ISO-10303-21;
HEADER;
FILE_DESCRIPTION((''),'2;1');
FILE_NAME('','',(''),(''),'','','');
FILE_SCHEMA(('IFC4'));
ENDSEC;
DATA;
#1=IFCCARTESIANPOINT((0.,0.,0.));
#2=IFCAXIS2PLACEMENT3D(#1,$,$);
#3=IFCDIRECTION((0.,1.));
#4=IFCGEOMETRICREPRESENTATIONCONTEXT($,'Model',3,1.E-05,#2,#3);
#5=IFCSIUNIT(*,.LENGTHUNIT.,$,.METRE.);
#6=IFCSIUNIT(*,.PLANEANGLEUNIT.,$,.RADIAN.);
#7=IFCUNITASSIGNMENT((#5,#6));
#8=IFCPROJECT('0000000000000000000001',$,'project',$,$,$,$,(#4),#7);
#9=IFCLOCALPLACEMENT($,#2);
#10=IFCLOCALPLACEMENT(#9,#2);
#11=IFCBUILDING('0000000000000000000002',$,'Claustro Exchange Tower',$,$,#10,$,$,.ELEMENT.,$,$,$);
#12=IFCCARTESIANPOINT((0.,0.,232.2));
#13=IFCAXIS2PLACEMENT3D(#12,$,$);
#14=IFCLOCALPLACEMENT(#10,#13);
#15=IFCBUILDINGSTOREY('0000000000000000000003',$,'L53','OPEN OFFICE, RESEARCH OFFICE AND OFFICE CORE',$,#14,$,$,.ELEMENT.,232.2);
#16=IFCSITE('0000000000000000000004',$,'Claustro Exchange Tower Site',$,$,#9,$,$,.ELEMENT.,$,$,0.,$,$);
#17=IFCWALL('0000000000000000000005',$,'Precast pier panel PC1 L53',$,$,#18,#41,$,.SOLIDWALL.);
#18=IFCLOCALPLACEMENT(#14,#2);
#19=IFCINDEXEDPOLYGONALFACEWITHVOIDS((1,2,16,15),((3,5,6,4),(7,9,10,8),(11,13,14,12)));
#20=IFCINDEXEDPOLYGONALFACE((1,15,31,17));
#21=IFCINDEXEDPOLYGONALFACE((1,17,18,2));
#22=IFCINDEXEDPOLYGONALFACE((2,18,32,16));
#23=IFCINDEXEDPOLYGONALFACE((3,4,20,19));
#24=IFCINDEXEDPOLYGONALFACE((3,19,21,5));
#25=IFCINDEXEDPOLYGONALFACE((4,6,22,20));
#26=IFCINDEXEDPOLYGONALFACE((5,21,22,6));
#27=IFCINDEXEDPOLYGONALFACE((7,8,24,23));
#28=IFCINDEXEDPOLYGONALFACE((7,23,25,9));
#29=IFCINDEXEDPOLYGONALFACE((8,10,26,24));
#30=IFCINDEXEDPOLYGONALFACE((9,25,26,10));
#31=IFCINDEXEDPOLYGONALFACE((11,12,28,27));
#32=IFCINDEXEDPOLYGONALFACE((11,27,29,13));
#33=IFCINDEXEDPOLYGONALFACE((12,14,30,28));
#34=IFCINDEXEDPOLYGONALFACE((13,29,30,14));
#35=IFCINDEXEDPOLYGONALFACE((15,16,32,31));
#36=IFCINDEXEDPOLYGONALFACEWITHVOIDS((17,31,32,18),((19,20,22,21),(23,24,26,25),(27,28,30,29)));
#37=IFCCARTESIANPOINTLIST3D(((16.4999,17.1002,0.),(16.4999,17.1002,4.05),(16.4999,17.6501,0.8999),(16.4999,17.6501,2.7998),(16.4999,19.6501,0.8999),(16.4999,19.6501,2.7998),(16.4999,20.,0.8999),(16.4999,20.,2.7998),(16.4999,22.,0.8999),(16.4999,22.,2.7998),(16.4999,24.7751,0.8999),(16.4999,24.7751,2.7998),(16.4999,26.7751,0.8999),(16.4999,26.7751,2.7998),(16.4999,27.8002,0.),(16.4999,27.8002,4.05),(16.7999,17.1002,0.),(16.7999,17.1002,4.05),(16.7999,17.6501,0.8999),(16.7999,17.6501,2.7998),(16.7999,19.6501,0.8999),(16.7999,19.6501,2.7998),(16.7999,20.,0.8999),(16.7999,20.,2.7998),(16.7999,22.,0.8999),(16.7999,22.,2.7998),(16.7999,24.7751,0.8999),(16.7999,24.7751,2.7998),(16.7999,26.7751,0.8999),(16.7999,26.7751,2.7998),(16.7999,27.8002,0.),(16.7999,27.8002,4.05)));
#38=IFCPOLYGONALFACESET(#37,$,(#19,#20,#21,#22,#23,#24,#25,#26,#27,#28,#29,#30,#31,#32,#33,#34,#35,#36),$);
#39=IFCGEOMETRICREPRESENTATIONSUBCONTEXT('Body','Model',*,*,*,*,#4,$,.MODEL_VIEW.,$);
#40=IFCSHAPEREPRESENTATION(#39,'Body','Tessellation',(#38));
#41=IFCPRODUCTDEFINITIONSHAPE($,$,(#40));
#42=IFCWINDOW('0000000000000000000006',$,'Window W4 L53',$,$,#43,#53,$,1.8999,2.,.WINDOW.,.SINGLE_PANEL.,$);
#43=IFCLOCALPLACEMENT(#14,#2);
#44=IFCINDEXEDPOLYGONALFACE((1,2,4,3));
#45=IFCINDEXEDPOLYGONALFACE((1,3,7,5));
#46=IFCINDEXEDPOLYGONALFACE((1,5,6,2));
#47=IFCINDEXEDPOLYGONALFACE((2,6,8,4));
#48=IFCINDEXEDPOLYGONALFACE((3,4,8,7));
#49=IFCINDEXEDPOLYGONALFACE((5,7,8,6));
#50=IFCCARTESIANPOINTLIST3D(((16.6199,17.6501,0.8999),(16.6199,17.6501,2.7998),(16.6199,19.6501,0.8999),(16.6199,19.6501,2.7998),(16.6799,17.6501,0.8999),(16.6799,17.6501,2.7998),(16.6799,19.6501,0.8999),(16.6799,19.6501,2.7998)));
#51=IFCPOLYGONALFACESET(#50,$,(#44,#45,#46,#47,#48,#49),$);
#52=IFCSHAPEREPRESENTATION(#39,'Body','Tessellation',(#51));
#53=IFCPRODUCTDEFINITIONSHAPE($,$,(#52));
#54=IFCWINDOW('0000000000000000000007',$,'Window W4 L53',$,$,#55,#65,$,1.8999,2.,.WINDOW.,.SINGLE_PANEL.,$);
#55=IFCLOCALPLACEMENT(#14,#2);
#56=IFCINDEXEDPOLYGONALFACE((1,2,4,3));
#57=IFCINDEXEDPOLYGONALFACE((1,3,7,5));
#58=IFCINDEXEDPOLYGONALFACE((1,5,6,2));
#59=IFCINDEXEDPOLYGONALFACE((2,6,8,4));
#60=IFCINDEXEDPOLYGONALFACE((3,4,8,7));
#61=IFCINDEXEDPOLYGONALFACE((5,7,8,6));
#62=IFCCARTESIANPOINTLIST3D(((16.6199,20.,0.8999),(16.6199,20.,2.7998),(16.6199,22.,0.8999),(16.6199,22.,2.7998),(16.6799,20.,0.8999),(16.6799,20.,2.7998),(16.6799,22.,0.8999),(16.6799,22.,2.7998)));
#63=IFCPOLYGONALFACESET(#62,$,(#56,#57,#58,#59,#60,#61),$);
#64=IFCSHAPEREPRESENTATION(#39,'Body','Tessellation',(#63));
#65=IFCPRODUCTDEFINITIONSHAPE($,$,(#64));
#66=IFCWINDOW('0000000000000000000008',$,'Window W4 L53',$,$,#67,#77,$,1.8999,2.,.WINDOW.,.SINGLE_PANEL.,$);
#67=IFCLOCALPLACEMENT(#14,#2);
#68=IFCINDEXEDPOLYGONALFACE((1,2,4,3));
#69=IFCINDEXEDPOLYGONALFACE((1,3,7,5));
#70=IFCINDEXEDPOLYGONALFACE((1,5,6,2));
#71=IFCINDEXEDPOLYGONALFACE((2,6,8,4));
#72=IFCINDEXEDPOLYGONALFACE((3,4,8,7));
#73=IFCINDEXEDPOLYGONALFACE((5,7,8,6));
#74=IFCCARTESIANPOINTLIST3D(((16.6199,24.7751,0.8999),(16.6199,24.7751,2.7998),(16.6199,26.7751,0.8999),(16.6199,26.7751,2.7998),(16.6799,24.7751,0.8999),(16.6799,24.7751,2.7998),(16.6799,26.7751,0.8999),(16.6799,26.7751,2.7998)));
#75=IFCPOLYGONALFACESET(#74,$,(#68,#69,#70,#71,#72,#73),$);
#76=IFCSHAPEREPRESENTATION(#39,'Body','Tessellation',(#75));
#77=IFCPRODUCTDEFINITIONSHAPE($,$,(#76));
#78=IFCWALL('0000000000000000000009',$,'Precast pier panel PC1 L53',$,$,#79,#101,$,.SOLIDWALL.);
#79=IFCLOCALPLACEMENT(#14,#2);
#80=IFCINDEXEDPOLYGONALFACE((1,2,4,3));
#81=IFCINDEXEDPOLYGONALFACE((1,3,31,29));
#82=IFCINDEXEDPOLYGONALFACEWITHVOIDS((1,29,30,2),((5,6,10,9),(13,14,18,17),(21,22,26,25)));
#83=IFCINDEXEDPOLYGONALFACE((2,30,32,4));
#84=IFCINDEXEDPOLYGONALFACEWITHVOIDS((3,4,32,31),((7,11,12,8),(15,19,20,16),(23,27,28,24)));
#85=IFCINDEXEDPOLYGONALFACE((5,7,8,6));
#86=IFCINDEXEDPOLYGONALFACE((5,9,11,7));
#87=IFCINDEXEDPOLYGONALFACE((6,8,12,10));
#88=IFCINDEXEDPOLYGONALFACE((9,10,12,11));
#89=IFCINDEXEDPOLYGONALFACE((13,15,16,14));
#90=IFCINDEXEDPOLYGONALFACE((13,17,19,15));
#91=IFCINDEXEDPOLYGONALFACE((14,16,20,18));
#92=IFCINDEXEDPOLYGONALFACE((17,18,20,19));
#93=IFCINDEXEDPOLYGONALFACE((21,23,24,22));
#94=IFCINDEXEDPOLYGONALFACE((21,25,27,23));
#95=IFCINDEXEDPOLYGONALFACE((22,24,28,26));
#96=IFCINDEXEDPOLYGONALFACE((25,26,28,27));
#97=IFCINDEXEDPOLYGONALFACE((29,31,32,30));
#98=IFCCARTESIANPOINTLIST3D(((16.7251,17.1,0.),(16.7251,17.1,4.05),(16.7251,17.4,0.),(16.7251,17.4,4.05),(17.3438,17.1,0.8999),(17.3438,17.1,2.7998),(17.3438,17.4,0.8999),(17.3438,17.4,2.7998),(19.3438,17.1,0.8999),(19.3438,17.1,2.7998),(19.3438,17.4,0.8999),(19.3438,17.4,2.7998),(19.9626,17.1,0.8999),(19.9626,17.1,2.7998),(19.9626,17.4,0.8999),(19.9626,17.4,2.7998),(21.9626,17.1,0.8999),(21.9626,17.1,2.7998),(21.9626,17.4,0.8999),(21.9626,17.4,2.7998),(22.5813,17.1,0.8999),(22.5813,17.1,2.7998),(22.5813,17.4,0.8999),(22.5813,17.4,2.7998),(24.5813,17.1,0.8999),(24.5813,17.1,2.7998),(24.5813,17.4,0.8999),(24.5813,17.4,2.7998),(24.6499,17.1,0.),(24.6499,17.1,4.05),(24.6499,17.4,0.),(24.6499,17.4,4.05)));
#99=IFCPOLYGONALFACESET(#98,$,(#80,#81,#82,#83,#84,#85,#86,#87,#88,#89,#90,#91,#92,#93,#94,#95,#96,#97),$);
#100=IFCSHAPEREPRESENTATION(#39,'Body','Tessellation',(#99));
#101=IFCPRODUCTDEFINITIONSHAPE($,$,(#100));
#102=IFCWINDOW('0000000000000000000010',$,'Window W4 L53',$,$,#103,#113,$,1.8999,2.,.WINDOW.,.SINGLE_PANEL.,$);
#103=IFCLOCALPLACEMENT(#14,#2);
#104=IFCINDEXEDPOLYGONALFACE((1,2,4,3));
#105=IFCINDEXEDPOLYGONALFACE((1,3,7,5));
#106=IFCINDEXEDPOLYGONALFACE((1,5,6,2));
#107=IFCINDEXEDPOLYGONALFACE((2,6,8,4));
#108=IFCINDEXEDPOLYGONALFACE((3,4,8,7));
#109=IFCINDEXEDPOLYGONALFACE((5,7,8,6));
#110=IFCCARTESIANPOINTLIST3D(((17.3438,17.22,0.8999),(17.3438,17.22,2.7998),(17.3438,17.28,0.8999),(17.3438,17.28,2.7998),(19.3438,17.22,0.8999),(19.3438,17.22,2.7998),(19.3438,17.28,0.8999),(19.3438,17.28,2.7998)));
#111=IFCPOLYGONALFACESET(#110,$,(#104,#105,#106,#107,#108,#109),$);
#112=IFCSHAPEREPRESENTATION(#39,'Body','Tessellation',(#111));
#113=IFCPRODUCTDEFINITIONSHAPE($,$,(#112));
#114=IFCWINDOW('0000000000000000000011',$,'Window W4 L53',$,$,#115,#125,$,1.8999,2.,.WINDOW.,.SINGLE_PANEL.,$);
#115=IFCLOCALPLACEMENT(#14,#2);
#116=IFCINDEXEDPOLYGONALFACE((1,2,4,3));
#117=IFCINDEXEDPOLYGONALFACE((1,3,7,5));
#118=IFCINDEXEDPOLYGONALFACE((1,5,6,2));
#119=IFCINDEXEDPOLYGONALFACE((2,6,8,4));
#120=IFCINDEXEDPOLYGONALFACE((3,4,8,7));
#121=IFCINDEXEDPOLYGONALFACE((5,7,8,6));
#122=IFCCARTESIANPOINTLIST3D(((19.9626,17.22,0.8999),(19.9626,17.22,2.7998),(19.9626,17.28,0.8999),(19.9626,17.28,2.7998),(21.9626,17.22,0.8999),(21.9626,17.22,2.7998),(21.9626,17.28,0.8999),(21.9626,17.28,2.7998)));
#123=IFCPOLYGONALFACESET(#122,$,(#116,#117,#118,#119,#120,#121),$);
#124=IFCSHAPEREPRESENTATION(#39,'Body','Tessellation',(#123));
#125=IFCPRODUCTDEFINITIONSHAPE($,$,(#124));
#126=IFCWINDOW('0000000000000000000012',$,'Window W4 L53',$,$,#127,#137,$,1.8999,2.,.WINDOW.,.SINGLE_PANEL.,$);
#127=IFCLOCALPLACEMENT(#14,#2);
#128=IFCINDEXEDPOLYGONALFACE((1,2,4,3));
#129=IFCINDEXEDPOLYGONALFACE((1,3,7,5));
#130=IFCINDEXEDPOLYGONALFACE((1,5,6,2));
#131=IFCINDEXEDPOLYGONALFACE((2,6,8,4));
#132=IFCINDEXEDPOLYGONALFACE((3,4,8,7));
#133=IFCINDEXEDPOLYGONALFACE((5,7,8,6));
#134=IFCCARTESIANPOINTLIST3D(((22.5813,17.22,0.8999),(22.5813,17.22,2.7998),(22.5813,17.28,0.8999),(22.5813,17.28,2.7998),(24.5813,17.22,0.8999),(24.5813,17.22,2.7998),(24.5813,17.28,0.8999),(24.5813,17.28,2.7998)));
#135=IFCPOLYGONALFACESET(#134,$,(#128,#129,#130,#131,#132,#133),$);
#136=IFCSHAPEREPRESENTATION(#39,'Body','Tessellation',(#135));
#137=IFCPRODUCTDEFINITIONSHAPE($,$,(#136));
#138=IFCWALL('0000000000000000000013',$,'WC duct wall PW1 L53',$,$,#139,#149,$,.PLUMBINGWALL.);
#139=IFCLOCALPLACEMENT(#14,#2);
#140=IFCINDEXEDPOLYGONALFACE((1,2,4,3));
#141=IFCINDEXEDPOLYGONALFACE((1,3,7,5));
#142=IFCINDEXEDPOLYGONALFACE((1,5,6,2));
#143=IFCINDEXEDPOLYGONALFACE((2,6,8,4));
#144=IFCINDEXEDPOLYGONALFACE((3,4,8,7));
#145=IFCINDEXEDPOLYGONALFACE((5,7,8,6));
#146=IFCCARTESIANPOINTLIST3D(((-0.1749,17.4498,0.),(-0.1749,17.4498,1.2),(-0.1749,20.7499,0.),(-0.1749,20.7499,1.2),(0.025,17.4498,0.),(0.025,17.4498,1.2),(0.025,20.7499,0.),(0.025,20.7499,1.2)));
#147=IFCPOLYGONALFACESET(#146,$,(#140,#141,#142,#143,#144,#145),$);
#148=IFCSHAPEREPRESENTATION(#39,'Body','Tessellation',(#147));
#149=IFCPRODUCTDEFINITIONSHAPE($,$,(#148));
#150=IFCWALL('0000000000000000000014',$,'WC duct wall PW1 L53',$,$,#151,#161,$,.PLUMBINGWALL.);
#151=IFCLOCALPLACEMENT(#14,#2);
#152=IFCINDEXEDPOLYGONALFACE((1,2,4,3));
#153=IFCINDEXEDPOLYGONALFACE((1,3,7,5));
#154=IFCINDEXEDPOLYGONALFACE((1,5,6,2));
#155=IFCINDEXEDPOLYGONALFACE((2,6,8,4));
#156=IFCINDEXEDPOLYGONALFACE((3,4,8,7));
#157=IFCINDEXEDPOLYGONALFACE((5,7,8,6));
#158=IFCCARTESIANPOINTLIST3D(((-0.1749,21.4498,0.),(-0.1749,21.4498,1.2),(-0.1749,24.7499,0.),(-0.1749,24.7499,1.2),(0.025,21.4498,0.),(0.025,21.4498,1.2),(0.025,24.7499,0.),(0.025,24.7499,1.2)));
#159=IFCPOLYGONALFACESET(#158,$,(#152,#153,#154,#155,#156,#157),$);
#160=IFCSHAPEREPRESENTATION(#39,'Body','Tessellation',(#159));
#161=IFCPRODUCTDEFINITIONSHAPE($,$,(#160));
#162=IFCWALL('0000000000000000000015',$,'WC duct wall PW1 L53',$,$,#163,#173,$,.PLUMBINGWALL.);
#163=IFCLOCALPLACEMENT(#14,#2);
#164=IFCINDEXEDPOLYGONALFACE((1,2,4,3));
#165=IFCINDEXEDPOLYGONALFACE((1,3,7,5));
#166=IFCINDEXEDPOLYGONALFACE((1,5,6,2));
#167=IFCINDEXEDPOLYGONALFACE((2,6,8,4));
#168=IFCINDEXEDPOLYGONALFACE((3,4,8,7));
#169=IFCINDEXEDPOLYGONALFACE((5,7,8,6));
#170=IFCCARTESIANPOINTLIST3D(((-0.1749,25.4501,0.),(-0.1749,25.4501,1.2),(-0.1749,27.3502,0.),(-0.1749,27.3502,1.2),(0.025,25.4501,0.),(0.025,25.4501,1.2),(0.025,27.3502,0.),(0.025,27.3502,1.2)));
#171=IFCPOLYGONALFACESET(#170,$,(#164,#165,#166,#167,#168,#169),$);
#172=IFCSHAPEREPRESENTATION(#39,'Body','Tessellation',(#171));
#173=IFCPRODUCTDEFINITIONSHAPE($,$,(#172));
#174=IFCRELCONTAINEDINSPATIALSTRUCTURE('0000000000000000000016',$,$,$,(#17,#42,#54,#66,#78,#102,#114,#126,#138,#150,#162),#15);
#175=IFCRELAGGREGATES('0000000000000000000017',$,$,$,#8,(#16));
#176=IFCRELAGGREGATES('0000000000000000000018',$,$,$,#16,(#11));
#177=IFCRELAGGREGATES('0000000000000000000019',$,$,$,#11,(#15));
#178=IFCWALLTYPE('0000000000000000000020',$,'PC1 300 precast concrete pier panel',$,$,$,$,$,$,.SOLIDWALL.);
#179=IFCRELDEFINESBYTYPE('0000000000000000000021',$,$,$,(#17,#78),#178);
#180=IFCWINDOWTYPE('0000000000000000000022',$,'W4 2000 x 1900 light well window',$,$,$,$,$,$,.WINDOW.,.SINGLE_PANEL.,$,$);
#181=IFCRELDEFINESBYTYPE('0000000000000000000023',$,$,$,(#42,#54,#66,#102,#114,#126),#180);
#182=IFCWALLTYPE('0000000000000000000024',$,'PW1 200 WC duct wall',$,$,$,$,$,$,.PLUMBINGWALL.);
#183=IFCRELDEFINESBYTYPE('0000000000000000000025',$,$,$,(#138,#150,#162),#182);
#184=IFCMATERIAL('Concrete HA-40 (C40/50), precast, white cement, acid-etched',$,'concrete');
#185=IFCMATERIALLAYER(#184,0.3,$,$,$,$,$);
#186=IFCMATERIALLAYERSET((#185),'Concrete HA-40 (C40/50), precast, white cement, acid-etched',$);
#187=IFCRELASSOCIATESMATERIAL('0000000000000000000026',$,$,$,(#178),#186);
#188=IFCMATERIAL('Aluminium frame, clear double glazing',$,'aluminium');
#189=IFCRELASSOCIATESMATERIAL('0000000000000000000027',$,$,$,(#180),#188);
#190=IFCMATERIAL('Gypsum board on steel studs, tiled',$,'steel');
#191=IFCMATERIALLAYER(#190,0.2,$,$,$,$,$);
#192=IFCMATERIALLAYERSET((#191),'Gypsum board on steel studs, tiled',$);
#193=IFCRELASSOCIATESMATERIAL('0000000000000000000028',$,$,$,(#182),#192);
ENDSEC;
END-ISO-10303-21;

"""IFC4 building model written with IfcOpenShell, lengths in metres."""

from ifc_helpers import new_model, si_unit, direction, frame, frame_2d, origin, place, context, subcontext, project, spatial, rectangle, extrude, material, layer, layer_set, type_object, element, fill, save


model = new_model("IFC4")

# Units and contexts
model_context = context("Model", 3, precision=1e-05, world=origin(), true_north=direction((0.0, 1.0)))
body_context = subcontext(model_context, "Body", "Model", "MODEL_VIEW")
ifc_project = project(units=[si_unit("LENGTHUNIT", "METRE"), si_unit("PLANEANGLEUNIT", "RADIAN")], contexts=[model_context])

# Site, building, storey
site_placement = place(None, origin())
site = spatial("IfcSite", under=ifc_project, at=site_placement, Name="Claustro Exchange Tower Site", CompositionType="ELEMENT", RefElevation=0.0)
building_placement = place(site_placement, origin())
building = spatial("IfcBuilding", under=site, at=building_placement, Name="Claustro Exchange Tower", CompositionType="ELEMENT")
storey_placement = place(building_placement, frame((0.0, 0.0, 232.2)))
storey = spatial("IfcBuildingStorey", under=building, at=storey_placement, Name="L53", Description="OPEN OFFICE, RESEARCH OFFICE AND OFFICE CORE", CompositionType="ELEMENT", Elevation=232.2)

# Walls, openings, windows
ifc_material_1 = material(Name="Concrete HA-40 (C40/50), precast, white cement, acid-etched", Category="concrete")
ifc_layer_1 = layer(ifc_material_1, 0.3)
ifc_layer_set_1 = layer_set([ifc_layer_1], Name="Concrete HA-40 (C40/50), precast, white cement, acid-etched")
wall_type_1 = type_object("IfcWallType", Name="PC1 300 precast concrete pier panel", PredefinedType="SOLIDWALL", material=ifc_layer_set_1)
wall_1_placement = place(storey_placement, frame((16.6499, 17.1001, 0.0), z_axis=(0.0, 0.0, 1.0), x_axis=(0.0, 1.0, 0.0)))
wall_1 = element("IfcWall", 1, at=wall_1_placement, inside=storey, type_object=wall_type_1, Name="Precast pier panel PC1 L53", PredefinedType="SOLIDWALL", context=body_context, shape_type="SweptSolid", body=[
    extrude(rectangle(XDim=10.7, YDim=0.3, at=frame_2d((5.3501, 0.0))), origin(), (0.0, 0.0, 1.0), 4.05),
])
opening_1_placement = place(wall_1_placement, frame((0.55, 0.0, 0.8999)))
opening_1 = element("IfcOpeningElement", 2, at=opening_1_placement, cuts=wall_1, PredefinedType="OPENING", context=body_context, shape_type="SweptSolid", body=[
    extrude(rectangle(XDim=2.0, YDim=1.8999, at=frame_2d((1.0, 0.95))), frame((0.0, 0.1599, 0.0), z_axis=(0.0, -1.0, 0.0), x_axis=(1.0, 0.0, 0.0)), (0.0, 0.0, 1.0), 0.3201),
])
opening_2_placement = place(wall_1_placement, frame((2.8999, 0.0, 0.8999)))
opening_2 = element("IfcOpeningElement", 3, at=opening_2_placement, cuts=wall_1, PredefinedType="OPENING", context=body_context, shape_type="SweptSolid", body=[
    extrude(rectangle(XDim=2.0, YDim=1.8999, at=frame_2d((1.0, 0.95))), frame((0.0, 0.1599, 0.0), z_axis=(0.0, -1.0, 0.0), x_axis=(1.0, 0.0, 0.0)), (0.0, 0.0, 1.0), 0.3201),
])
opening_3_placement = place(wall_1_placement, frame((7.675, 0.0, 0.8999)))
opening_3 = element("IfcOpeningElement", 4, at=opening_3_placement, cuts=wall_1, PredefinedType="OPENING", context=body_context, shape_type="SweptSolid", body=[
    extrude(rectangle(XDim=2.0, YDim=1.8999, at=frame_2d((1.0, 0.95))), frame((0.0, 0.1599, 0.0), z_axis=(0.0, -1.0, 0.0), x_axis=(1.0, 0.0, 0.0)), (0.0, 0.0, 1.0), 0.3201),
])
ifc_material_2 = material(Name="Aluminium frame, clear double glazing", Category="aluminium")
window_type = type_object("IfcWindowType", Name="W4 2000 x 1900 light well window", PartitioningType="SINGLE_PANEL", PredefinedType="WINDOW", material=ifc_material_2)
window_1_placement = place(opening_1_placement, origin())
window_1 = element("IfcWindow", 5, at=window_1_placement, inside=storey, type_object=window_type, Name="Window W4 L53", OverallHeight=1.8999, OverallWidth=2.0, PartitioningType="SINGLE_PANEL", PredefinedType="WINDOW", context=body_context, shape_type="SweptSolid", body=[
    extrude(rectangle(XDim=2.0, YDim=1.8999, at=frame_2d((1.0, 0.95))), frame((0.0, 0.03, 0.0), z_axis=(0.0, -1.0, 0.0), x_axis=(1.0, 0.0, 0.0)), (0.0, 0.0, 1.0), 0.0601),
])
fill(opening_1, window_1)
window_2_placement = place(opening_2_placement, origin())
window_2 = element("IfcWindow", 6, at=window_2_placement, inside=storey, type_object=window_type, Name="Window W4 L53", OverallHeight=1.8999, OverallWidth=2.0, PartitioningType="SINGLE_PANEL", PredefinedType="WINDOW", context=body_context, shape_type="SweptSolid", body=[
    extrude(rectangle(XDim=2.0, YDim=1.8999, at=frame_2d((1.0, 0.95))), frame((0.0, 0.03, 0.0), z_axis=(0.0, -1.0, 0.0), x_axis=(1.0, 0.0, 0.0)), (0.0, 0.0, 1.0), 0.0601),
])
fill(opening_2, window_2)
window_3_placement = place(opening_3_placement, origin())
window_3 = element("IfcWindow", 7, at=window_3_placement, inside=storey, type_object=window_type, Name="Window W4 L53", OverallHeight=1.8999, OverallWidth=2.0, PartitioningType="SINGLE_PANEL", PredefinedType="WINDOW", context=body_context, shape_type="SweptSolid", body=[
    extrude(rectangle(XDim=2.0, YDim=1.8999, at=frame_2d((1.0, 0.95))), frame((0.0, 0.03, 0.0), z_axis=(0.0, -1.0, 0.0), x_axis=(1.0, 0.0, 0.0)), (0.0, 0.0, 1.0), 0.0601),
])
fill(opening_3, window_3)
wall_2_placement = place(storey_placement, frame((16.7251, 17.25, 0.0), z_axis=(0.0, 0.0, 1.0), x_axis=(1.0, 0.0, 0.0)))
wall_2 = element("IfcWall", 8, at=wall_2_placement, inside=storey, type_object=wall_type_1, Name="Precast pier panel PC1 L53", PredefinedType="SOLIDWALL", context=body_context, shape_type="SweptSolid", body=[
    extrude(rectangle(XDim=7.9248, YDim=0.3, at=frame_2d((3.9624, 0.0))), origin(), (0.0, 0.0, 1.0), 4.05),
])
opening_4_placement = place(wall_2_placement, frame((0.6187, 0.0, 0.8999)))
opening_4 = element("IfcOpeningElement", 9, at=opening_4_placement, cuts=wall_2, PredefinedType="OPENING", context=body_context, shape_type="SweptSolid", body=[
    extrude(rectangle(XDim=2.0, YDim=1.8999, at=frame_2d((1.0, 0.95))), frame((0.0, 0.1599, 0.0), z_axis=(0.0, -1.0, 0.0), x_axis=(1.0, 0.0, 0.0)), (0.0, 0.0, 1.0), 0.3201),
])
opening_5_placement = place(wall_2_placement, frame((3.2375, 0.0, 0.8999)))
opening_5 = element("IfcOpeningElement", 10, at=opening_5_placement, cuts=wall_2, PredefinedType="OPENING", context=body_context, shape_type="SweptSolid", body=[
    extrude(rectangle(XDim=2.0, YDim=1.8999, at=frame_2d((1.0, 0.95))), frame((0.0, 0.1599, 0.0), z_axis=(0.0, -1.0, 0.0), x_axis=(1.0, 0.0, 0.0)), (0.0, 0.0, 1.0), 0.3201),
])
opening_6_placement = place(wall_2_placement, frame((5.8562, 0.0, 0.8999)))
opening_6 = element("IfcOpeningElement", 11, at=opening_6_placement, cuts=wall_2, PredefinedType="OPENING", context=body_context, shape_type="SweptSolid", body=[
    extrude(rectangle(XDim=2.0, YDim=1.8999, at=frame_2d((1.0, 0.95))), frame((0.0, 0.1599, 0.0), z_axis=(0.0, -1.0, 0.0), x_axis=(1.0, 0.0, 0.0)), (0.0, 0.0, 1.0), 0.3201),
])
window_4_placement = place(opening_4_placement, origin())
window_4 = element("IfcWindow", 12, at=window_4_placement, inside=storey, type_object=window_type, Name="Window W4 L53", OverallHeight=1.8999, OverallWidth=2.0, PartitioningType="SINGLE_PANEL", PredefinedType="WINDOW", context=body_context, shape_type="SweptSolid", body=[
    extrude(rectangle(XDim=2.0, YDim=1.8999, at=frame_2d((1.0, 0.95))), frame((0.0, 0.03, 0.0), z_axis=(0.0, -1.0, 0.0), x_axis=(1.0, 0.0, 0.0)), (0.0, 0.0, 1.0), 0.0601),
])
fill(opening_4, window_4)
window_5_placement = place(opening_5_placement, origin())
window_5 = element("IfcWindow", 13, at=window_5_placement, inside=storey, type_object=window_type, Name="Window W4 L53", OverallHeight=1.8999, OverallWidth=2.0, PartitioningType="SINGLE_PANEL", PredefinedType="WINDOW", context=body_context, shape_type="SweptSolid", body=[
    extrude(rectangle(XDim=2.0, YDim=1.8999, at=frame_2d((1.0, 0.95))), frame((0.0, 0.03, 0.0), z_axis=(0.0, -1.0, 0.0), x_axis=(1.0, 0.0, 0.0)), (0.0, 0.0, 1.0), 0.0601),
])
fill(opening_5, window_5)
window_6_placement = place(opening_6_placement, origin())
window_6 = element("IfcWindow", 14, at=window_6_placement, inside=storey, type_object=window_type, Name="Window W4 L53", OverallHeight=1.8999, OverallWidth=2.0, PartitioningType="SINGLE_PANEL", PredefinedType="WINDOW", context=body_context, shape_type="SweptSolid", body=[
    extrude(rectangle(XDim=2.0, YDim=1.8999, at=frame_2d((1.0, 0.95))), frame((0.0, 0.03, 0.0), z_axis=(0.0, -1.0, 0.0), x_axis=(1.0, 0.0, 0.0)), (0.0, 0.0, 1.0), 0.0601),
])
fill(opening_6, window_6)

# Walls
ifc_material_3 = material(Name="Gypsum board on steel studs, tiled", Category="steel")
ifc_layer_2 = layer(ifc_material_3, 0.2)
ifc_layer_set_2 = layer_set([ifc_layer_2], Name="Gypsum board on steel studs, tiled")
wall_type_2 = type_object("IfcWallType", Name="PW1 200 WC duct wall", PredefinedType="PLUMBINGWALL", material=ifc_layer_set_2)
for number, where, z_axis, x_axis, name in (
    (15, (-0.075, 17.45, 0.0), (0.0, 0.0, 1.0), (0.0, 1.0, 0.0), "WC duct wall PW1 L53"),
    (16, (-0.075, 21.45, 0.0), (0.0, 0.0, 1.0), (0.0, 1.0, 0.0), "WC duct wall PW1 L53"),
):
    element("IfcWall", number, at=place(storey_placement, frame(where, z_axis=z_axis, x_axis=x_axis)), inside=storey, type_object=wall_type_2, Name=name, PredefinedType="PLUMBINGWALL", context=body_context, shape_type="SweptSolid", body=[
        extrude(rectangle(XDim=3.3, YDim=0.2, at=frame_2d((1.6499, 0.0))), origin(), (0.0, 0.0, 1.0), 1.2),
    ])
wall_3_placement = place(storey_placement, frame((-0.075, 25.45, 0.0), z_axis=(0.0, 0.0, 1.0), x_axis=(0.0, 1.0, 0.0)))
element("IfcWall", 17, at=wall_3_placement, inside=storey, type_object=wall_type_2, Name="WC duct wall PW1 L53", PredefinedType="PLUMBINGWALL", context=body_context, shape_type="SweptSolid", body=[
    extrude(rectangle(XDim=1.9001, YDim=0.2, at=frame_2d((0.9502, 0.0))), origin(), (0.0, 0.0, 1.0), 1.2),
])

save(model, "model.ifc")
